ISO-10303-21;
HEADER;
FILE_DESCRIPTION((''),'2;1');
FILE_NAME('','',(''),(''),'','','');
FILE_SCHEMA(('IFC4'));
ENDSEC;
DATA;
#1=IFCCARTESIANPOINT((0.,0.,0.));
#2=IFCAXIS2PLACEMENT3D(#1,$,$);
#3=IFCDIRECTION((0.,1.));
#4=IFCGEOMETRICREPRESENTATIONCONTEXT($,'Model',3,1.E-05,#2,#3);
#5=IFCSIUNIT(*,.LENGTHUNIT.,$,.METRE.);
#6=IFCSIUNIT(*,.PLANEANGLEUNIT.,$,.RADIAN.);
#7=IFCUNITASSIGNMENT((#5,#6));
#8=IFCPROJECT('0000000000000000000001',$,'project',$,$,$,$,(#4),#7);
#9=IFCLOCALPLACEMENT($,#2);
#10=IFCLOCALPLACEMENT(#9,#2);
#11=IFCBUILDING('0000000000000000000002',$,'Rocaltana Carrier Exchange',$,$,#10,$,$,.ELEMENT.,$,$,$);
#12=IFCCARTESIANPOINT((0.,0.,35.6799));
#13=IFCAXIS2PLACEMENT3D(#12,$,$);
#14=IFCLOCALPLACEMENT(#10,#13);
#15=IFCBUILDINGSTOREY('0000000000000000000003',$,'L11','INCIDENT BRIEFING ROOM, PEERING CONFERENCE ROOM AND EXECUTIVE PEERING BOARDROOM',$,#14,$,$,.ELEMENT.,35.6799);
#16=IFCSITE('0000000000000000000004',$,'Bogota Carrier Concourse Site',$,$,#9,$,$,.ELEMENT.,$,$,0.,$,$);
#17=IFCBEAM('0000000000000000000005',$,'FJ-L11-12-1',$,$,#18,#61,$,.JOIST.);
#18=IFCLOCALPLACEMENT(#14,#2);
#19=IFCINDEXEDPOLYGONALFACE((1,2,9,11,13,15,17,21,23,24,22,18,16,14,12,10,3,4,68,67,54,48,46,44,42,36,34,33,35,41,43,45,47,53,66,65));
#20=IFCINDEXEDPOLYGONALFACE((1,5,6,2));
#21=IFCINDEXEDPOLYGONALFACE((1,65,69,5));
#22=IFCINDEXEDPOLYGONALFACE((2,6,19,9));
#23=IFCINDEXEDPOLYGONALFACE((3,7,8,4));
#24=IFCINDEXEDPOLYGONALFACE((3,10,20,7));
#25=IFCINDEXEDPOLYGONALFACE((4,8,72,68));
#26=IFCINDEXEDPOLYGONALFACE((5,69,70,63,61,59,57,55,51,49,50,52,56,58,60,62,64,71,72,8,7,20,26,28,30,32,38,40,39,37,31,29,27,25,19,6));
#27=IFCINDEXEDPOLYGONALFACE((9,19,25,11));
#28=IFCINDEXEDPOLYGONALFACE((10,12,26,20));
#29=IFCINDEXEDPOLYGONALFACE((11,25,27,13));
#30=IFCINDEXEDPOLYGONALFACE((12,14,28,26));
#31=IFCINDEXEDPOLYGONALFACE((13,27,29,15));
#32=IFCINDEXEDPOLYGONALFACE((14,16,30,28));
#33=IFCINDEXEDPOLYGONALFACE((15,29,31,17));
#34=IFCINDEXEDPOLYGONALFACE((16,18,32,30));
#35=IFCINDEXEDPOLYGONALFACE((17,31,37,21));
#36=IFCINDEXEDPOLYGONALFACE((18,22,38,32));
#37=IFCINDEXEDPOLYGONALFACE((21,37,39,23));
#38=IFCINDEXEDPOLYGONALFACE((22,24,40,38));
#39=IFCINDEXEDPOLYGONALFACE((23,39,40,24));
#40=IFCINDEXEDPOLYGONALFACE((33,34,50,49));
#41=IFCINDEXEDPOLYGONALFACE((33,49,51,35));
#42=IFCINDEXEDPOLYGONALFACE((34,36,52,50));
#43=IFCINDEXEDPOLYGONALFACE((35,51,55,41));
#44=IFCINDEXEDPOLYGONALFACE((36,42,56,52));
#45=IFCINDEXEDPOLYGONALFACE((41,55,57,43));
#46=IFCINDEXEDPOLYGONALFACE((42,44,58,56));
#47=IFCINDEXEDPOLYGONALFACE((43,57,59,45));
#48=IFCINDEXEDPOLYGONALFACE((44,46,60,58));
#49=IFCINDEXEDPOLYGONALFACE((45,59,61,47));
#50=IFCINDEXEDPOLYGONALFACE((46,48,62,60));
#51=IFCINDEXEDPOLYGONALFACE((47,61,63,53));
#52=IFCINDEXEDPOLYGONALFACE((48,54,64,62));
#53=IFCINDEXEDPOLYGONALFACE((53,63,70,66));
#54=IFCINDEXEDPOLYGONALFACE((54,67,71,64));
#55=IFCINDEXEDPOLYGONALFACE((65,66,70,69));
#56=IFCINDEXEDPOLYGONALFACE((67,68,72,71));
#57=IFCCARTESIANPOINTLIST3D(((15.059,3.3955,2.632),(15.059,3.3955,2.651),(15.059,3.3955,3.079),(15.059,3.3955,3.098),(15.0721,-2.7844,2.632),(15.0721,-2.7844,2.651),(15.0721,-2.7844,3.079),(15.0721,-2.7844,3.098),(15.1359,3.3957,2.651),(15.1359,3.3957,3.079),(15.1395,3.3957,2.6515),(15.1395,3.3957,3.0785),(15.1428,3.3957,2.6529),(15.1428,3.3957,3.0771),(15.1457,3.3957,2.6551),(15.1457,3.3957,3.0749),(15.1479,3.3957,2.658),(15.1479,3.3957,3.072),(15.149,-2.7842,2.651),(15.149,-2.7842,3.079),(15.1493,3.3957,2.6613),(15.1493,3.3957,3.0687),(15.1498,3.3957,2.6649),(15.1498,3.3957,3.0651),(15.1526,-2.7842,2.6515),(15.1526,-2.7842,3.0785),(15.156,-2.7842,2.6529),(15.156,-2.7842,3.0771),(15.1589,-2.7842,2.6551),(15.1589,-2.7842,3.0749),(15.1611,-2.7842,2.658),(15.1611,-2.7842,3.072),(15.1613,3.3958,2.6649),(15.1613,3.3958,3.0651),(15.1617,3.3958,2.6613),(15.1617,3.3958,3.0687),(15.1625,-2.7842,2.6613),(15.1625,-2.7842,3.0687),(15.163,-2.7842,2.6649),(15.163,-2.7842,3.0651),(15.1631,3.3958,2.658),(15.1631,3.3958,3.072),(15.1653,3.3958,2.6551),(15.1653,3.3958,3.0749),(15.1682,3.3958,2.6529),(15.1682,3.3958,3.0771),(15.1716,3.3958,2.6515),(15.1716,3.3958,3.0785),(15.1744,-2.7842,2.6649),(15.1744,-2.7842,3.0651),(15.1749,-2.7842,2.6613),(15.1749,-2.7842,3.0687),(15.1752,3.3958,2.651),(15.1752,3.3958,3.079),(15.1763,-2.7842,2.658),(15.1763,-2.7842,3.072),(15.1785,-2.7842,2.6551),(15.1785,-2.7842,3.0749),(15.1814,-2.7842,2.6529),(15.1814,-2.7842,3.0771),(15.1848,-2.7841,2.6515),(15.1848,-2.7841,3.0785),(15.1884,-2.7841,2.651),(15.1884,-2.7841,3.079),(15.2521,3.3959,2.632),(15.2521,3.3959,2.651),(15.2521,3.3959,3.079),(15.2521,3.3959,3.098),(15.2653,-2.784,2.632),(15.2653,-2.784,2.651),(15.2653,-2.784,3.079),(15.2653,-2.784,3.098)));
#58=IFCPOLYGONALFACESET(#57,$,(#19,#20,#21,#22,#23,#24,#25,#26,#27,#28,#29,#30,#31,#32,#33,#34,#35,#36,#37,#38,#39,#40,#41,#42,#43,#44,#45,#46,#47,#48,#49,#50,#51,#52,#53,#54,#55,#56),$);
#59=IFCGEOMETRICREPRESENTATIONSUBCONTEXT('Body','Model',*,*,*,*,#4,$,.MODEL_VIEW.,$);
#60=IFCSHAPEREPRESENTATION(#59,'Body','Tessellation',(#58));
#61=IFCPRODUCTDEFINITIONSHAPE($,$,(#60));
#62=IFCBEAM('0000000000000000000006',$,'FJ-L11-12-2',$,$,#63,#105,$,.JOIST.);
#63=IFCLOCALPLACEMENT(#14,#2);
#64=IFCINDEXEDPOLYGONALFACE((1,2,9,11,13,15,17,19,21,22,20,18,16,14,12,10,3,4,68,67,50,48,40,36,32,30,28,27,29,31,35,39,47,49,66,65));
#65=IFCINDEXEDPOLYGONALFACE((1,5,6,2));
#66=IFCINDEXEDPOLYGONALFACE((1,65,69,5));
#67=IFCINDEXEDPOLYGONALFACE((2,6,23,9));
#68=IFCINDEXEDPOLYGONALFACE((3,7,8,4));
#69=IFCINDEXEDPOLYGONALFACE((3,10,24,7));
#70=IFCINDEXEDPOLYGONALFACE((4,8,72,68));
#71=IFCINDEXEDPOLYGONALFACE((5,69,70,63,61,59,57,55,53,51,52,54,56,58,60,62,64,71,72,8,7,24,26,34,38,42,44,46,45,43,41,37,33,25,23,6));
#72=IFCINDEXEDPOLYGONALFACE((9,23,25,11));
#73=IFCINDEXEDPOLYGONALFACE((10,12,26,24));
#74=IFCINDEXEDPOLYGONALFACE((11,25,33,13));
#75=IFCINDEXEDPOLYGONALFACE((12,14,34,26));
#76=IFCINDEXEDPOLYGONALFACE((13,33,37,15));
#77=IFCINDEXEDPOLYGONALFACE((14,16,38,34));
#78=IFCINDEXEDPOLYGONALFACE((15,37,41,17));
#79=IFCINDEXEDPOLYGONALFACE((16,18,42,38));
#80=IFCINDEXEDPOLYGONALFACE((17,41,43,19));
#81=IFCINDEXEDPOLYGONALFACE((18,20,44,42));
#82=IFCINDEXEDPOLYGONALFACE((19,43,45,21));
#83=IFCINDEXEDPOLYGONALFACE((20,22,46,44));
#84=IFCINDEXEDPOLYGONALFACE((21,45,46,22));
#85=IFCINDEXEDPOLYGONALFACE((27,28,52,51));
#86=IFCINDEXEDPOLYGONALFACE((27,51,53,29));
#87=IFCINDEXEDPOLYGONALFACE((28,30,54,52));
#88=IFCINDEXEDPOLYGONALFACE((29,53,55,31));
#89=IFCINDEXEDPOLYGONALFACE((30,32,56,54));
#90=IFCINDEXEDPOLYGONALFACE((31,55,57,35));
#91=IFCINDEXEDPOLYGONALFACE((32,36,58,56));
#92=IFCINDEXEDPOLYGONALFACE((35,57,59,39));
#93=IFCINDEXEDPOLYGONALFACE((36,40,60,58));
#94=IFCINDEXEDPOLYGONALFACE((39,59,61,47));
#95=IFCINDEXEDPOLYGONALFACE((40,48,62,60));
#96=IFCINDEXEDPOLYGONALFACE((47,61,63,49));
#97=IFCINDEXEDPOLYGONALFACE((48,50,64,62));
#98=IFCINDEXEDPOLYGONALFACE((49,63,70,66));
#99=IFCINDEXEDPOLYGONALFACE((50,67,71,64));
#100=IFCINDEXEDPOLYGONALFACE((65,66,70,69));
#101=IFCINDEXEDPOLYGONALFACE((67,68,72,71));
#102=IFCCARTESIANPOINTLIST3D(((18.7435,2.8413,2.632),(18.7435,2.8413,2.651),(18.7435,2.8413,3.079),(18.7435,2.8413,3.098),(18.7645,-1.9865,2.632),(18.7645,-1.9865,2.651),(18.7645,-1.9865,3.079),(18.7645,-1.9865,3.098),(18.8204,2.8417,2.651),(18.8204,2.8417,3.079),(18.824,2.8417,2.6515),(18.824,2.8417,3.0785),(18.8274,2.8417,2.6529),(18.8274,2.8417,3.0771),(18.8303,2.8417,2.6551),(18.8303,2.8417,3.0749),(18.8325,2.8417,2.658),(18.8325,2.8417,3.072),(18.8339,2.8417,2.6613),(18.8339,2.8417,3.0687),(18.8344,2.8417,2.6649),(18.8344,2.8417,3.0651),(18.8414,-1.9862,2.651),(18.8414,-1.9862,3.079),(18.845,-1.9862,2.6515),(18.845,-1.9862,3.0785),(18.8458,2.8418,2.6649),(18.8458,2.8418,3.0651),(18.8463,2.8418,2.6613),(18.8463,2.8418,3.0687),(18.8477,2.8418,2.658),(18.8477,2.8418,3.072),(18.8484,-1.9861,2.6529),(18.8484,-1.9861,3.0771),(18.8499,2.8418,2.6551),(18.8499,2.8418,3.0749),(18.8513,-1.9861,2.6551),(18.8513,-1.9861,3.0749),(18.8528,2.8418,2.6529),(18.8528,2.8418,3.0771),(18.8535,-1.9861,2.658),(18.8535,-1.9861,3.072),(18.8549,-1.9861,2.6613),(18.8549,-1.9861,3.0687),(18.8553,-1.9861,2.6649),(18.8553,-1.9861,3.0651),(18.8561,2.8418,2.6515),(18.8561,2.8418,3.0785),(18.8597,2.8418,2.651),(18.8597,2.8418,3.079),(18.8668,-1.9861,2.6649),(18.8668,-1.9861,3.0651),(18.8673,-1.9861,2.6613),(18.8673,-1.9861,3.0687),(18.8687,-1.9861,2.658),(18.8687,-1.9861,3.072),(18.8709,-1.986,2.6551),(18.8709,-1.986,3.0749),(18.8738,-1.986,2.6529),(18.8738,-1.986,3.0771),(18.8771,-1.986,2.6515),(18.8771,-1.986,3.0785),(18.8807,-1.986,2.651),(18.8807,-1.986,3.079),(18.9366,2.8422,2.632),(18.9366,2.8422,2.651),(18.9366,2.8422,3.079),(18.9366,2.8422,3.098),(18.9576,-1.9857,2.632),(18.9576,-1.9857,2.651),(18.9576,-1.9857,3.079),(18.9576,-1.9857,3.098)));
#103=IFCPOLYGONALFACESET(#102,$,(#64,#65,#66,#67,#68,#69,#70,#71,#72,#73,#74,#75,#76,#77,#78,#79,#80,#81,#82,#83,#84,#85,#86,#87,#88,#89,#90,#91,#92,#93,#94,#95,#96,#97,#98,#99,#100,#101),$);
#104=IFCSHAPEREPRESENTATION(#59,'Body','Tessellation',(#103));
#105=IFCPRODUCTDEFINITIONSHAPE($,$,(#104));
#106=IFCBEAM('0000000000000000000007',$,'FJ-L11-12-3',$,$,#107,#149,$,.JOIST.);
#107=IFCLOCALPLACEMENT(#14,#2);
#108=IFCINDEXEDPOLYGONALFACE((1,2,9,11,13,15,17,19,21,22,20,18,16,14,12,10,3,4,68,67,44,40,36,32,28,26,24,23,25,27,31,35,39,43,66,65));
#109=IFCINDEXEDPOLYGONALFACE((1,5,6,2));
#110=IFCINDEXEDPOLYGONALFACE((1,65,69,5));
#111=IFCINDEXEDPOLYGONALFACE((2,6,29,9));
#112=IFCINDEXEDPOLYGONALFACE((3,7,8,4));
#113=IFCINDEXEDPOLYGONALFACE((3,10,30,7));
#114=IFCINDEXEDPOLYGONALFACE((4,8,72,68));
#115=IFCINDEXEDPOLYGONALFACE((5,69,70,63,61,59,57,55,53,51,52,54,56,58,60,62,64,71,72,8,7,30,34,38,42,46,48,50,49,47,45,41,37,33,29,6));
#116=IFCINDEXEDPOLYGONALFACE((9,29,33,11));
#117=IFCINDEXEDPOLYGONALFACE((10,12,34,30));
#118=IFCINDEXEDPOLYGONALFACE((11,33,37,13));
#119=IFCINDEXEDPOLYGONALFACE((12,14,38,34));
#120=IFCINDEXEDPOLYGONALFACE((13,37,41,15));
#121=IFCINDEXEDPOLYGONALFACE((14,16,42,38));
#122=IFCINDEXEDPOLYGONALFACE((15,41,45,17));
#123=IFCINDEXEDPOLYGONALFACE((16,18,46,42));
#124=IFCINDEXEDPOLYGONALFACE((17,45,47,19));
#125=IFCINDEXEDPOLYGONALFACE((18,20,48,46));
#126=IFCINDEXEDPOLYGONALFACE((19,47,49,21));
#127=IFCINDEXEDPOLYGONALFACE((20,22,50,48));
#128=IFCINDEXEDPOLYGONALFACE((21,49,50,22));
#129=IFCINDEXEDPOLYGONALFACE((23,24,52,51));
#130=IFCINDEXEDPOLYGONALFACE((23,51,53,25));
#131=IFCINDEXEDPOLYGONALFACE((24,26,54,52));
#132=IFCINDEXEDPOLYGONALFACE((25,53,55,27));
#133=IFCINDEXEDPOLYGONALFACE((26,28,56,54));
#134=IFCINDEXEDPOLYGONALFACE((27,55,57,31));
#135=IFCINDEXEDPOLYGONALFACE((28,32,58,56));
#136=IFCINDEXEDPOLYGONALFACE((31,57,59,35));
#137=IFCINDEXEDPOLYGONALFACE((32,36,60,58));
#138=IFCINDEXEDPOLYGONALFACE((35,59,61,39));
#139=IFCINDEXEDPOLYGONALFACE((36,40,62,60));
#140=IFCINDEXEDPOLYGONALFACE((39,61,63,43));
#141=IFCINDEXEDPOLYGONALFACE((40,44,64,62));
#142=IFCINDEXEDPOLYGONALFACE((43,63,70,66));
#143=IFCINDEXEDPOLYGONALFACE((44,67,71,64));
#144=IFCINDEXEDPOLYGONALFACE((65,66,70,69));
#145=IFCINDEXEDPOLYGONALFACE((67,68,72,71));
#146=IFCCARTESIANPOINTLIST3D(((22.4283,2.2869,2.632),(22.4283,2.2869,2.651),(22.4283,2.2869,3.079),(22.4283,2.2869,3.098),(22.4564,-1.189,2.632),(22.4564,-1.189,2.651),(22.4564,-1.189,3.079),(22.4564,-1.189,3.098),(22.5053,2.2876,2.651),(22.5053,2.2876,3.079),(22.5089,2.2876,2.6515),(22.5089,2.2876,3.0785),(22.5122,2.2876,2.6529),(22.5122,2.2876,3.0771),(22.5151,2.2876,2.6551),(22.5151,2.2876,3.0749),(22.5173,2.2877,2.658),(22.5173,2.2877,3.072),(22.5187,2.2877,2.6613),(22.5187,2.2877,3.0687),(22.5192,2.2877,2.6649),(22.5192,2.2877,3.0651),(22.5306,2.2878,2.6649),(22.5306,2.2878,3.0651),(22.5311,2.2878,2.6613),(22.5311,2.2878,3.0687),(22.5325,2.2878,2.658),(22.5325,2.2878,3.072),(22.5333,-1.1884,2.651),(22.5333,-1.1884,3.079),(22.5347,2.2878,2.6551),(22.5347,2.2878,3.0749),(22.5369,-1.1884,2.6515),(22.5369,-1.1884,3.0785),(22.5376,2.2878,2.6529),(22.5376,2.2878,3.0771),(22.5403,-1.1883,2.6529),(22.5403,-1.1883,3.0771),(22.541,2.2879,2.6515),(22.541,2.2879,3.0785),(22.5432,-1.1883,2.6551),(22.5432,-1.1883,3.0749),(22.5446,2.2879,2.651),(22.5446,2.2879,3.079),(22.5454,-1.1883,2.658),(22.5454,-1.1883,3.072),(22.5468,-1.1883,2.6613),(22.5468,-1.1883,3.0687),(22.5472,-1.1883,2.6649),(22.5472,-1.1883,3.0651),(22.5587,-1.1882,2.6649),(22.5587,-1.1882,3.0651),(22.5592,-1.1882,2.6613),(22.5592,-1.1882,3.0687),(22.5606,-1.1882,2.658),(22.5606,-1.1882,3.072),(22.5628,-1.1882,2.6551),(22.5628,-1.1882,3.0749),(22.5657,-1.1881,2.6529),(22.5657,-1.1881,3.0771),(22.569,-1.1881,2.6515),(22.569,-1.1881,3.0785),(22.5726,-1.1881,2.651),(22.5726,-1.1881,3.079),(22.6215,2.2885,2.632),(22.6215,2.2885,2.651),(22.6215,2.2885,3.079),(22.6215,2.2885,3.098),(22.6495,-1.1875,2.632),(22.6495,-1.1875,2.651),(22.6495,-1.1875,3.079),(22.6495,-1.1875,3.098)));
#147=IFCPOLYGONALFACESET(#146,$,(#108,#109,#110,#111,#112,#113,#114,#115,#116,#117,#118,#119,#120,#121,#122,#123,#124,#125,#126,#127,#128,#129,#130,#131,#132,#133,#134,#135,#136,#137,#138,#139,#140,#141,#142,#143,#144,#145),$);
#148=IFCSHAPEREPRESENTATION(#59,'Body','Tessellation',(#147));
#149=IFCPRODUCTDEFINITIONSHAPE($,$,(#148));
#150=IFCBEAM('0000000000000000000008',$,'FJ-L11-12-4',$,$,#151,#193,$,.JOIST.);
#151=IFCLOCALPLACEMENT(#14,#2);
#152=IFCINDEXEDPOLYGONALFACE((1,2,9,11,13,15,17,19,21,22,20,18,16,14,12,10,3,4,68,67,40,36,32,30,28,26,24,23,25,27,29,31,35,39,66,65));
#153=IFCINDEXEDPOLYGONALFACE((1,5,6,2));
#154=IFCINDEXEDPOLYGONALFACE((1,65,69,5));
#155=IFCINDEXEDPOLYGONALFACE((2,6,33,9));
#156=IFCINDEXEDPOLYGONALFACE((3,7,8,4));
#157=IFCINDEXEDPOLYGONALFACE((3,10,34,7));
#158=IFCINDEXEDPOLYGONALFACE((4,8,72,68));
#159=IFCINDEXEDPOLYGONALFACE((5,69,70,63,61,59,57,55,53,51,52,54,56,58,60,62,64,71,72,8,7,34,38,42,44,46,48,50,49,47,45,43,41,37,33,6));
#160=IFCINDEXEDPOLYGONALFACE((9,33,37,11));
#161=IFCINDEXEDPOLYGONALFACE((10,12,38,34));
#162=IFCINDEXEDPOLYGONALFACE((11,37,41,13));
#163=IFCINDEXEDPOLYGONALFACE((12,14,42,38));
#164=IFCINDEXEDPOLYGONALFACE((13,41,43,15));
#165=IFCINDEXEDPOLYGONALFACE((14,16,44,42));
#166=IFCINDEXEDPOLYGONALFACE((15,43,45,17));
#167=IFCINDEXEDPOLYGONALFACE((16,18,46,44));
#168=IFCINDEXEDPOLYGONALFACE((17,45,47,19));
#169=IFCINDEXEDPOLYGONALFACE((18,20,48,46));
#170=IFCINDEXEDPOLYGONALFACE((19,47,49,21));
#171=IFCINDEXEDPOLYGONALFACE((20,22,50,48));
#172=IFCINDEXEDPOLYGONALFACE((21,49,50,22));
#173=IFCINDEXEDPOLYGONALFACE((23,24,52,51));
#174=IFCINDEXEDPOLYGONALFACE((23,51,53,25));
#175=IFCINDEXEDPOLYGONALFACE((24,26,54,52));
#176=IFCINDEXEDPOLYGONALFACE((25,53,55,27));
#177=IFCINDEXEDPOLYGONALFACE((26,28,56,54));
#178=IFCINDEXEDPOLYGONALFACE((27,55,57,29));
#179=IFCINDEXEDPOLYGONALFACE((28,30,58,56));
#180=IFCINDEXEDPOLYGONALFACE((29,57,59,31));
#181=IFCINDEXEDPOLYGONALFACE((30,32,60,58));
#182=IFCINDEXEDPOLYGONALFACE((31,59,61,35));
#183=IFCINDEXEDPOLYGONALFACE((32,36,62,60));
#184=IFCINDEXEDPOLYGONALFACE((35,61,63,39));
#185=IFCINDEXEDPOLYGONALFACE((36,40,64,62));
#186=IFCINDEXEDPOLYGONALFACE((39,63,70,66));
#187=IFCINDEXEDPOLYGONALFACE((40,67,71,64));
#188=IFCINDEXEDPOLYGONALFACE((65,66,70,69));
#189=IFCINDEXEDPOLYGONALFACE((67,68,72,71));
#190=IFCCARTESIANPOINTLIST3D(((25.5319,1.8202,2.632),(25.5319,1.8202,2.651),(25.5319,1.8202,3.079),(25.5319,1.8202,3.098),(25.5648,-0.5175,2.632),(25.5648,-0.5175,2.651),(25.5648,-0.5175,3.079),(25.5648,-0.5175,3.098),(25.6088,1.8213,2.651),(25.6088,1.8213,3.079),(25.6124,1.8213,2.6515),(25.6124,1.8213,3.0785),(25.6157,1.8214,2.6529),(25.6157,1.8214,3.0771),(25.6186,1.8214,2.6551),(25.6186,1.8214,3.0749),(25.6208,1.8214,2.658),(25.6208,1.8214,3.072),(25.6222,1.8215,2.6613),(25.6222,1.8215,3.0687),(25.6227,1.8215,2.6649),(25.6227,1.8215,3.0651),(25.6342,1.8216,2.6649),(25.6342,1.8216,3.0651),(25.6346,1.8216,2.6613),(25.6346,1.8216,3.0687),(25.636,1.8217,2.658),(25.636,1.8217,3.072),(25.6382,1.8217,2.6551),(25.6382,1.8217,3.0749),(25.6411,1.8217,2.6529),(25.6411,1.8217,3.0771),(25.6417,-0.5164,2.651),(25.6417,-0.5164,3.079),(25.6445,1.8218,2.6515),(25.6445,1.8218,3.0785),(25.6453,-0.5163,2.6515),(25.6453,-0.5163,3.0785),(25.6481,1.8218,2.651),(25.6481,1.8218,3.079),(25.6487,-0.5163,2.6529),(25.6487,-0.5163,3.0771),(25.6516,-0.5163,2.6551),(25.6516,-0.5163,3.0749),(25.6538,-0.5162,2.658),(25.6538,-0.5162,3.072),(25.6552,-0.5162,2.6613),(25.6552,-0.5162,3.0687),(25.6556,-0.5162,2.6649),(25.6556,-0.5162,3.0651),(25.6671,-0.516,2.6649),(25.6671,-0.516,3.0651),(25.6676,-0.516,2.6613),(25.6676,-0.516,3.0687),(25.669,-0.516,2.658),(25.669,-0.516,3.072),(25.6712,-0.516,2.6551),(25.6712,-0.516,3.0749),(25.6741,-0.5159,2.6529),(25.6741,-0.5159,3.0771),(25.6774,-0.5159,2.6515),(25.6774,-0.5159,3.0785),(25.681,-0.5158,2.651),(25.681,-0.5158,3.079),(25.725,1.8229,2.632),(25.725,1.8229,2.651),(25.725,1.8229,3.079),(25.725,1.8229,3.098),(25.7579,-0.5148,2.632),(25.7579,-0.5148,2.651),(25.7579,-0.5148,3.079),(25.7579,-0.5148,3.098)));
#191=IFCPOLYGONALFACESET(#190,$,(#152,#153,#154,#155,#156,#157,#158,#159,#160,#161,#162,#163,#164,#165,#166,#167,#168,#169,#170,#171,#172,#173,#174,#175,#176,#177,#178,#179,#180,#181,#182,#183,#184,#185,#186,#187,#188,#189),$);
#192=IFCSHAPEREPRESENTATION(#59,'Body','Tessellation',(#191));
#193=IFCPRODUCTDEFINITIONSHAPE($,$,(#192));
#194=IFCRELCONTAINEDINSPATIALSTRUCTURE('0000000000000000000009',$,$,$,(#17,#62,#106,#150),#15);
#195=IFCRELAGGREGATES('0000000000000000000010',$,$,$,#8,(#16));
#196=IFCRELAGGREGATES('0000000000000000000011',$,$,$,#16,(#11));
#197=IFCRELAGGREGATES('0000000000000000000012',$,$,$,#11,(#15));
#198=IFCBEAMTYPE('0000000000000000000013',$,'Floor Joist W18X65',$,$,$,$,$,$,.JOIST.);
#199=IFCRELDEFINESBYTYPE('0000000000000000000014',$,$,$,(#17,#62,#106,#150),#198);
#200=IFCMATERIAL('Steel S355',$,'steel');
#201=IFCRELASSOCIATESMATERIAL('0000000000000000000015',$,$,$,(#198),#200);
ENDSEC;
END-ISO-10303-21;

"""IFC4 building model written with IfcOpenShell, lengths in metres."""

from ifc_helpers import new_model, si_unit, direction, frame, origin, origin_2d, place, context, subcontext, project, spatial, i_section, extrude, material, material_profile, profile_set, type_object, element, save


model = new_model("IFC4")

# Units and contexts
model_context = context("Model", 3, precision=1e-05, world=origin(), true_north=direction((0.0, 1.0)))
body_context = subcontext(model_context, "Body", "Model", "MODEL_VIEW")
ifc_project = project(units=[si_unit("LENGTHUNIT", "METRE"), si_unit("PLANEANGLEUNIT", "RADIAN")], contexts=[model_context])

# Site, building, storey
site_placement = place(None, origin())
site = spatial("IfcSite", under=ifc_project, at=site_placement, Name="Bogota Carrier Concourse Site", CompositionType="ELEMENT", RefElevation=0.0)
building_placement = place(site_placement, origin())
building = spatial("IfcBuilding", under=site, at=building_placement, Name="Rocaltana Carrier Exchange", CompositionType="ELEMENT")
storey_placement = place(building_placement, frame((0.0, 0.0, 35.6799)))
storey = spatial("IfcBuildingStorey", under=building, at=storey_placement, Name="L11", Description="INCIDENT BRIEFING ROOM, PEERING CONFERENCE ROOM AND EXECUTIVE PEERING BOARDROOM", CompositionType="ELEMENT", Elevation=35.6799)

# Beams
ifc_material_1 = material(Name="Steel S355", Category="steel")
ifc_material_profile_1 = material_profile(ifc_material_1, i_section(OverallWidth=0.1931, OverallDepth=0.4661, WebThickness=0.0115, FlangeThickness=0.019, FilletRadius=0.0139, at=origin_2d()), Name="W18X65")
ifc_profile_set_1 = profile_set([ifc_material_profile_1], Name="Steel S355")
beam_type_1 = type_object("IfcBeamType", Name="Floor Joist W18X65", PredefinedType="JOIST", material=ifc_profile_set_1)
beam_1_placement = place(storey_placement, frame((15.1687, -2.7842, 2.865), z_axis=(-0.002133, 0.999998, 0.0), x_axis=(-0.999998, -0.002133, 0.0)))
element("IfcBeam", 1, at=beam_1_placement, inside=storey, type_object=beam_type_1, Name="FJ-L11-12-1", PredefinedType="JOIST", context=body_context, shape_type="SweptSolid", body=[
    extrude(i_section(OverallWidth=0.1931, OverallDepth=0.4661, WebThickness=0.0115, FlangeThickness=0.019, FilletRadius=0.0139, at=origin_2d()), origin(), (0.0, 0.0, 1.0), 6.1799),
])
beam_2_placement = place(storey_placement, frame((18.8611, -1.9861, 2.865), z_axis=(-0.004349, 0.999991, 0.0), x_axis=(-0.999991, -0.004349, 0.0)))
element("IfcBeam", 2, at=beam_2_placement, inside=storey, type_object=beam_type_1, Name="FJ-L11-12-2", PredefinedType="JOIST", context=body_context, shape_type="SweptSolid", body=[
    extrude(i_section(OverallWidth=0.1931, OverallDepth=0.4661, WebThickness=0.0115, FlangeThickness=0.019, FilletRadius=0.0139, at=origin_2d()), origin(), (0.0, 0.0, 1.0), 4.8279),
])
beam_3_placement = place(storey_placement, frame((22.553, -1.1882, 2.865), z_axis=(-0.008077, 0.999967, 0.0), x_axis=(-0.999967, -0.008077, 0.0)))
element("IfcBeam", 3, at=beam_3_placement, inside=storey, type_object=beam_type_1, Name="FJ-L11-12-3", PredefinedType="JOIST", context=body_context, shape_type="SweptSolid", body=[
    extrude(i_section(OverallWidth=0.1931, OverallDepth=0.4661, WebThickness=0.0115, FlangeThickness=0.019, FilletRadius=0.0139, at=origin_2d()), origin(), (0.0, 0.0, 1.0), 3.4761),
])
beam_4_placement = place(storey_placement, frame((25.6614, -0.5161, 2.865), z_axis=(-0.014098, 0.999901, 0.0), x_axis=(-0.999901, -0.014098, 0.0)))
element("IfcBeam", 4, at=beam_4_placement, inside=storey, type_object=beam_type_1, Name="FJ-L11-12-4", PredefinedType="JOIST", context=body_context, shape_type="SweptSolid", body=[
    extrude(i_section(OverallWidth=0.1931, OverallDepth=0.4661, WebThickness=0.0115, FlangeThickness=0.019, FilletRadius=0.0139, at=origin_2d()), origin(), (0.0, 0.0, 1.0), 2.3379),
])

save(model, "model.ifc")
